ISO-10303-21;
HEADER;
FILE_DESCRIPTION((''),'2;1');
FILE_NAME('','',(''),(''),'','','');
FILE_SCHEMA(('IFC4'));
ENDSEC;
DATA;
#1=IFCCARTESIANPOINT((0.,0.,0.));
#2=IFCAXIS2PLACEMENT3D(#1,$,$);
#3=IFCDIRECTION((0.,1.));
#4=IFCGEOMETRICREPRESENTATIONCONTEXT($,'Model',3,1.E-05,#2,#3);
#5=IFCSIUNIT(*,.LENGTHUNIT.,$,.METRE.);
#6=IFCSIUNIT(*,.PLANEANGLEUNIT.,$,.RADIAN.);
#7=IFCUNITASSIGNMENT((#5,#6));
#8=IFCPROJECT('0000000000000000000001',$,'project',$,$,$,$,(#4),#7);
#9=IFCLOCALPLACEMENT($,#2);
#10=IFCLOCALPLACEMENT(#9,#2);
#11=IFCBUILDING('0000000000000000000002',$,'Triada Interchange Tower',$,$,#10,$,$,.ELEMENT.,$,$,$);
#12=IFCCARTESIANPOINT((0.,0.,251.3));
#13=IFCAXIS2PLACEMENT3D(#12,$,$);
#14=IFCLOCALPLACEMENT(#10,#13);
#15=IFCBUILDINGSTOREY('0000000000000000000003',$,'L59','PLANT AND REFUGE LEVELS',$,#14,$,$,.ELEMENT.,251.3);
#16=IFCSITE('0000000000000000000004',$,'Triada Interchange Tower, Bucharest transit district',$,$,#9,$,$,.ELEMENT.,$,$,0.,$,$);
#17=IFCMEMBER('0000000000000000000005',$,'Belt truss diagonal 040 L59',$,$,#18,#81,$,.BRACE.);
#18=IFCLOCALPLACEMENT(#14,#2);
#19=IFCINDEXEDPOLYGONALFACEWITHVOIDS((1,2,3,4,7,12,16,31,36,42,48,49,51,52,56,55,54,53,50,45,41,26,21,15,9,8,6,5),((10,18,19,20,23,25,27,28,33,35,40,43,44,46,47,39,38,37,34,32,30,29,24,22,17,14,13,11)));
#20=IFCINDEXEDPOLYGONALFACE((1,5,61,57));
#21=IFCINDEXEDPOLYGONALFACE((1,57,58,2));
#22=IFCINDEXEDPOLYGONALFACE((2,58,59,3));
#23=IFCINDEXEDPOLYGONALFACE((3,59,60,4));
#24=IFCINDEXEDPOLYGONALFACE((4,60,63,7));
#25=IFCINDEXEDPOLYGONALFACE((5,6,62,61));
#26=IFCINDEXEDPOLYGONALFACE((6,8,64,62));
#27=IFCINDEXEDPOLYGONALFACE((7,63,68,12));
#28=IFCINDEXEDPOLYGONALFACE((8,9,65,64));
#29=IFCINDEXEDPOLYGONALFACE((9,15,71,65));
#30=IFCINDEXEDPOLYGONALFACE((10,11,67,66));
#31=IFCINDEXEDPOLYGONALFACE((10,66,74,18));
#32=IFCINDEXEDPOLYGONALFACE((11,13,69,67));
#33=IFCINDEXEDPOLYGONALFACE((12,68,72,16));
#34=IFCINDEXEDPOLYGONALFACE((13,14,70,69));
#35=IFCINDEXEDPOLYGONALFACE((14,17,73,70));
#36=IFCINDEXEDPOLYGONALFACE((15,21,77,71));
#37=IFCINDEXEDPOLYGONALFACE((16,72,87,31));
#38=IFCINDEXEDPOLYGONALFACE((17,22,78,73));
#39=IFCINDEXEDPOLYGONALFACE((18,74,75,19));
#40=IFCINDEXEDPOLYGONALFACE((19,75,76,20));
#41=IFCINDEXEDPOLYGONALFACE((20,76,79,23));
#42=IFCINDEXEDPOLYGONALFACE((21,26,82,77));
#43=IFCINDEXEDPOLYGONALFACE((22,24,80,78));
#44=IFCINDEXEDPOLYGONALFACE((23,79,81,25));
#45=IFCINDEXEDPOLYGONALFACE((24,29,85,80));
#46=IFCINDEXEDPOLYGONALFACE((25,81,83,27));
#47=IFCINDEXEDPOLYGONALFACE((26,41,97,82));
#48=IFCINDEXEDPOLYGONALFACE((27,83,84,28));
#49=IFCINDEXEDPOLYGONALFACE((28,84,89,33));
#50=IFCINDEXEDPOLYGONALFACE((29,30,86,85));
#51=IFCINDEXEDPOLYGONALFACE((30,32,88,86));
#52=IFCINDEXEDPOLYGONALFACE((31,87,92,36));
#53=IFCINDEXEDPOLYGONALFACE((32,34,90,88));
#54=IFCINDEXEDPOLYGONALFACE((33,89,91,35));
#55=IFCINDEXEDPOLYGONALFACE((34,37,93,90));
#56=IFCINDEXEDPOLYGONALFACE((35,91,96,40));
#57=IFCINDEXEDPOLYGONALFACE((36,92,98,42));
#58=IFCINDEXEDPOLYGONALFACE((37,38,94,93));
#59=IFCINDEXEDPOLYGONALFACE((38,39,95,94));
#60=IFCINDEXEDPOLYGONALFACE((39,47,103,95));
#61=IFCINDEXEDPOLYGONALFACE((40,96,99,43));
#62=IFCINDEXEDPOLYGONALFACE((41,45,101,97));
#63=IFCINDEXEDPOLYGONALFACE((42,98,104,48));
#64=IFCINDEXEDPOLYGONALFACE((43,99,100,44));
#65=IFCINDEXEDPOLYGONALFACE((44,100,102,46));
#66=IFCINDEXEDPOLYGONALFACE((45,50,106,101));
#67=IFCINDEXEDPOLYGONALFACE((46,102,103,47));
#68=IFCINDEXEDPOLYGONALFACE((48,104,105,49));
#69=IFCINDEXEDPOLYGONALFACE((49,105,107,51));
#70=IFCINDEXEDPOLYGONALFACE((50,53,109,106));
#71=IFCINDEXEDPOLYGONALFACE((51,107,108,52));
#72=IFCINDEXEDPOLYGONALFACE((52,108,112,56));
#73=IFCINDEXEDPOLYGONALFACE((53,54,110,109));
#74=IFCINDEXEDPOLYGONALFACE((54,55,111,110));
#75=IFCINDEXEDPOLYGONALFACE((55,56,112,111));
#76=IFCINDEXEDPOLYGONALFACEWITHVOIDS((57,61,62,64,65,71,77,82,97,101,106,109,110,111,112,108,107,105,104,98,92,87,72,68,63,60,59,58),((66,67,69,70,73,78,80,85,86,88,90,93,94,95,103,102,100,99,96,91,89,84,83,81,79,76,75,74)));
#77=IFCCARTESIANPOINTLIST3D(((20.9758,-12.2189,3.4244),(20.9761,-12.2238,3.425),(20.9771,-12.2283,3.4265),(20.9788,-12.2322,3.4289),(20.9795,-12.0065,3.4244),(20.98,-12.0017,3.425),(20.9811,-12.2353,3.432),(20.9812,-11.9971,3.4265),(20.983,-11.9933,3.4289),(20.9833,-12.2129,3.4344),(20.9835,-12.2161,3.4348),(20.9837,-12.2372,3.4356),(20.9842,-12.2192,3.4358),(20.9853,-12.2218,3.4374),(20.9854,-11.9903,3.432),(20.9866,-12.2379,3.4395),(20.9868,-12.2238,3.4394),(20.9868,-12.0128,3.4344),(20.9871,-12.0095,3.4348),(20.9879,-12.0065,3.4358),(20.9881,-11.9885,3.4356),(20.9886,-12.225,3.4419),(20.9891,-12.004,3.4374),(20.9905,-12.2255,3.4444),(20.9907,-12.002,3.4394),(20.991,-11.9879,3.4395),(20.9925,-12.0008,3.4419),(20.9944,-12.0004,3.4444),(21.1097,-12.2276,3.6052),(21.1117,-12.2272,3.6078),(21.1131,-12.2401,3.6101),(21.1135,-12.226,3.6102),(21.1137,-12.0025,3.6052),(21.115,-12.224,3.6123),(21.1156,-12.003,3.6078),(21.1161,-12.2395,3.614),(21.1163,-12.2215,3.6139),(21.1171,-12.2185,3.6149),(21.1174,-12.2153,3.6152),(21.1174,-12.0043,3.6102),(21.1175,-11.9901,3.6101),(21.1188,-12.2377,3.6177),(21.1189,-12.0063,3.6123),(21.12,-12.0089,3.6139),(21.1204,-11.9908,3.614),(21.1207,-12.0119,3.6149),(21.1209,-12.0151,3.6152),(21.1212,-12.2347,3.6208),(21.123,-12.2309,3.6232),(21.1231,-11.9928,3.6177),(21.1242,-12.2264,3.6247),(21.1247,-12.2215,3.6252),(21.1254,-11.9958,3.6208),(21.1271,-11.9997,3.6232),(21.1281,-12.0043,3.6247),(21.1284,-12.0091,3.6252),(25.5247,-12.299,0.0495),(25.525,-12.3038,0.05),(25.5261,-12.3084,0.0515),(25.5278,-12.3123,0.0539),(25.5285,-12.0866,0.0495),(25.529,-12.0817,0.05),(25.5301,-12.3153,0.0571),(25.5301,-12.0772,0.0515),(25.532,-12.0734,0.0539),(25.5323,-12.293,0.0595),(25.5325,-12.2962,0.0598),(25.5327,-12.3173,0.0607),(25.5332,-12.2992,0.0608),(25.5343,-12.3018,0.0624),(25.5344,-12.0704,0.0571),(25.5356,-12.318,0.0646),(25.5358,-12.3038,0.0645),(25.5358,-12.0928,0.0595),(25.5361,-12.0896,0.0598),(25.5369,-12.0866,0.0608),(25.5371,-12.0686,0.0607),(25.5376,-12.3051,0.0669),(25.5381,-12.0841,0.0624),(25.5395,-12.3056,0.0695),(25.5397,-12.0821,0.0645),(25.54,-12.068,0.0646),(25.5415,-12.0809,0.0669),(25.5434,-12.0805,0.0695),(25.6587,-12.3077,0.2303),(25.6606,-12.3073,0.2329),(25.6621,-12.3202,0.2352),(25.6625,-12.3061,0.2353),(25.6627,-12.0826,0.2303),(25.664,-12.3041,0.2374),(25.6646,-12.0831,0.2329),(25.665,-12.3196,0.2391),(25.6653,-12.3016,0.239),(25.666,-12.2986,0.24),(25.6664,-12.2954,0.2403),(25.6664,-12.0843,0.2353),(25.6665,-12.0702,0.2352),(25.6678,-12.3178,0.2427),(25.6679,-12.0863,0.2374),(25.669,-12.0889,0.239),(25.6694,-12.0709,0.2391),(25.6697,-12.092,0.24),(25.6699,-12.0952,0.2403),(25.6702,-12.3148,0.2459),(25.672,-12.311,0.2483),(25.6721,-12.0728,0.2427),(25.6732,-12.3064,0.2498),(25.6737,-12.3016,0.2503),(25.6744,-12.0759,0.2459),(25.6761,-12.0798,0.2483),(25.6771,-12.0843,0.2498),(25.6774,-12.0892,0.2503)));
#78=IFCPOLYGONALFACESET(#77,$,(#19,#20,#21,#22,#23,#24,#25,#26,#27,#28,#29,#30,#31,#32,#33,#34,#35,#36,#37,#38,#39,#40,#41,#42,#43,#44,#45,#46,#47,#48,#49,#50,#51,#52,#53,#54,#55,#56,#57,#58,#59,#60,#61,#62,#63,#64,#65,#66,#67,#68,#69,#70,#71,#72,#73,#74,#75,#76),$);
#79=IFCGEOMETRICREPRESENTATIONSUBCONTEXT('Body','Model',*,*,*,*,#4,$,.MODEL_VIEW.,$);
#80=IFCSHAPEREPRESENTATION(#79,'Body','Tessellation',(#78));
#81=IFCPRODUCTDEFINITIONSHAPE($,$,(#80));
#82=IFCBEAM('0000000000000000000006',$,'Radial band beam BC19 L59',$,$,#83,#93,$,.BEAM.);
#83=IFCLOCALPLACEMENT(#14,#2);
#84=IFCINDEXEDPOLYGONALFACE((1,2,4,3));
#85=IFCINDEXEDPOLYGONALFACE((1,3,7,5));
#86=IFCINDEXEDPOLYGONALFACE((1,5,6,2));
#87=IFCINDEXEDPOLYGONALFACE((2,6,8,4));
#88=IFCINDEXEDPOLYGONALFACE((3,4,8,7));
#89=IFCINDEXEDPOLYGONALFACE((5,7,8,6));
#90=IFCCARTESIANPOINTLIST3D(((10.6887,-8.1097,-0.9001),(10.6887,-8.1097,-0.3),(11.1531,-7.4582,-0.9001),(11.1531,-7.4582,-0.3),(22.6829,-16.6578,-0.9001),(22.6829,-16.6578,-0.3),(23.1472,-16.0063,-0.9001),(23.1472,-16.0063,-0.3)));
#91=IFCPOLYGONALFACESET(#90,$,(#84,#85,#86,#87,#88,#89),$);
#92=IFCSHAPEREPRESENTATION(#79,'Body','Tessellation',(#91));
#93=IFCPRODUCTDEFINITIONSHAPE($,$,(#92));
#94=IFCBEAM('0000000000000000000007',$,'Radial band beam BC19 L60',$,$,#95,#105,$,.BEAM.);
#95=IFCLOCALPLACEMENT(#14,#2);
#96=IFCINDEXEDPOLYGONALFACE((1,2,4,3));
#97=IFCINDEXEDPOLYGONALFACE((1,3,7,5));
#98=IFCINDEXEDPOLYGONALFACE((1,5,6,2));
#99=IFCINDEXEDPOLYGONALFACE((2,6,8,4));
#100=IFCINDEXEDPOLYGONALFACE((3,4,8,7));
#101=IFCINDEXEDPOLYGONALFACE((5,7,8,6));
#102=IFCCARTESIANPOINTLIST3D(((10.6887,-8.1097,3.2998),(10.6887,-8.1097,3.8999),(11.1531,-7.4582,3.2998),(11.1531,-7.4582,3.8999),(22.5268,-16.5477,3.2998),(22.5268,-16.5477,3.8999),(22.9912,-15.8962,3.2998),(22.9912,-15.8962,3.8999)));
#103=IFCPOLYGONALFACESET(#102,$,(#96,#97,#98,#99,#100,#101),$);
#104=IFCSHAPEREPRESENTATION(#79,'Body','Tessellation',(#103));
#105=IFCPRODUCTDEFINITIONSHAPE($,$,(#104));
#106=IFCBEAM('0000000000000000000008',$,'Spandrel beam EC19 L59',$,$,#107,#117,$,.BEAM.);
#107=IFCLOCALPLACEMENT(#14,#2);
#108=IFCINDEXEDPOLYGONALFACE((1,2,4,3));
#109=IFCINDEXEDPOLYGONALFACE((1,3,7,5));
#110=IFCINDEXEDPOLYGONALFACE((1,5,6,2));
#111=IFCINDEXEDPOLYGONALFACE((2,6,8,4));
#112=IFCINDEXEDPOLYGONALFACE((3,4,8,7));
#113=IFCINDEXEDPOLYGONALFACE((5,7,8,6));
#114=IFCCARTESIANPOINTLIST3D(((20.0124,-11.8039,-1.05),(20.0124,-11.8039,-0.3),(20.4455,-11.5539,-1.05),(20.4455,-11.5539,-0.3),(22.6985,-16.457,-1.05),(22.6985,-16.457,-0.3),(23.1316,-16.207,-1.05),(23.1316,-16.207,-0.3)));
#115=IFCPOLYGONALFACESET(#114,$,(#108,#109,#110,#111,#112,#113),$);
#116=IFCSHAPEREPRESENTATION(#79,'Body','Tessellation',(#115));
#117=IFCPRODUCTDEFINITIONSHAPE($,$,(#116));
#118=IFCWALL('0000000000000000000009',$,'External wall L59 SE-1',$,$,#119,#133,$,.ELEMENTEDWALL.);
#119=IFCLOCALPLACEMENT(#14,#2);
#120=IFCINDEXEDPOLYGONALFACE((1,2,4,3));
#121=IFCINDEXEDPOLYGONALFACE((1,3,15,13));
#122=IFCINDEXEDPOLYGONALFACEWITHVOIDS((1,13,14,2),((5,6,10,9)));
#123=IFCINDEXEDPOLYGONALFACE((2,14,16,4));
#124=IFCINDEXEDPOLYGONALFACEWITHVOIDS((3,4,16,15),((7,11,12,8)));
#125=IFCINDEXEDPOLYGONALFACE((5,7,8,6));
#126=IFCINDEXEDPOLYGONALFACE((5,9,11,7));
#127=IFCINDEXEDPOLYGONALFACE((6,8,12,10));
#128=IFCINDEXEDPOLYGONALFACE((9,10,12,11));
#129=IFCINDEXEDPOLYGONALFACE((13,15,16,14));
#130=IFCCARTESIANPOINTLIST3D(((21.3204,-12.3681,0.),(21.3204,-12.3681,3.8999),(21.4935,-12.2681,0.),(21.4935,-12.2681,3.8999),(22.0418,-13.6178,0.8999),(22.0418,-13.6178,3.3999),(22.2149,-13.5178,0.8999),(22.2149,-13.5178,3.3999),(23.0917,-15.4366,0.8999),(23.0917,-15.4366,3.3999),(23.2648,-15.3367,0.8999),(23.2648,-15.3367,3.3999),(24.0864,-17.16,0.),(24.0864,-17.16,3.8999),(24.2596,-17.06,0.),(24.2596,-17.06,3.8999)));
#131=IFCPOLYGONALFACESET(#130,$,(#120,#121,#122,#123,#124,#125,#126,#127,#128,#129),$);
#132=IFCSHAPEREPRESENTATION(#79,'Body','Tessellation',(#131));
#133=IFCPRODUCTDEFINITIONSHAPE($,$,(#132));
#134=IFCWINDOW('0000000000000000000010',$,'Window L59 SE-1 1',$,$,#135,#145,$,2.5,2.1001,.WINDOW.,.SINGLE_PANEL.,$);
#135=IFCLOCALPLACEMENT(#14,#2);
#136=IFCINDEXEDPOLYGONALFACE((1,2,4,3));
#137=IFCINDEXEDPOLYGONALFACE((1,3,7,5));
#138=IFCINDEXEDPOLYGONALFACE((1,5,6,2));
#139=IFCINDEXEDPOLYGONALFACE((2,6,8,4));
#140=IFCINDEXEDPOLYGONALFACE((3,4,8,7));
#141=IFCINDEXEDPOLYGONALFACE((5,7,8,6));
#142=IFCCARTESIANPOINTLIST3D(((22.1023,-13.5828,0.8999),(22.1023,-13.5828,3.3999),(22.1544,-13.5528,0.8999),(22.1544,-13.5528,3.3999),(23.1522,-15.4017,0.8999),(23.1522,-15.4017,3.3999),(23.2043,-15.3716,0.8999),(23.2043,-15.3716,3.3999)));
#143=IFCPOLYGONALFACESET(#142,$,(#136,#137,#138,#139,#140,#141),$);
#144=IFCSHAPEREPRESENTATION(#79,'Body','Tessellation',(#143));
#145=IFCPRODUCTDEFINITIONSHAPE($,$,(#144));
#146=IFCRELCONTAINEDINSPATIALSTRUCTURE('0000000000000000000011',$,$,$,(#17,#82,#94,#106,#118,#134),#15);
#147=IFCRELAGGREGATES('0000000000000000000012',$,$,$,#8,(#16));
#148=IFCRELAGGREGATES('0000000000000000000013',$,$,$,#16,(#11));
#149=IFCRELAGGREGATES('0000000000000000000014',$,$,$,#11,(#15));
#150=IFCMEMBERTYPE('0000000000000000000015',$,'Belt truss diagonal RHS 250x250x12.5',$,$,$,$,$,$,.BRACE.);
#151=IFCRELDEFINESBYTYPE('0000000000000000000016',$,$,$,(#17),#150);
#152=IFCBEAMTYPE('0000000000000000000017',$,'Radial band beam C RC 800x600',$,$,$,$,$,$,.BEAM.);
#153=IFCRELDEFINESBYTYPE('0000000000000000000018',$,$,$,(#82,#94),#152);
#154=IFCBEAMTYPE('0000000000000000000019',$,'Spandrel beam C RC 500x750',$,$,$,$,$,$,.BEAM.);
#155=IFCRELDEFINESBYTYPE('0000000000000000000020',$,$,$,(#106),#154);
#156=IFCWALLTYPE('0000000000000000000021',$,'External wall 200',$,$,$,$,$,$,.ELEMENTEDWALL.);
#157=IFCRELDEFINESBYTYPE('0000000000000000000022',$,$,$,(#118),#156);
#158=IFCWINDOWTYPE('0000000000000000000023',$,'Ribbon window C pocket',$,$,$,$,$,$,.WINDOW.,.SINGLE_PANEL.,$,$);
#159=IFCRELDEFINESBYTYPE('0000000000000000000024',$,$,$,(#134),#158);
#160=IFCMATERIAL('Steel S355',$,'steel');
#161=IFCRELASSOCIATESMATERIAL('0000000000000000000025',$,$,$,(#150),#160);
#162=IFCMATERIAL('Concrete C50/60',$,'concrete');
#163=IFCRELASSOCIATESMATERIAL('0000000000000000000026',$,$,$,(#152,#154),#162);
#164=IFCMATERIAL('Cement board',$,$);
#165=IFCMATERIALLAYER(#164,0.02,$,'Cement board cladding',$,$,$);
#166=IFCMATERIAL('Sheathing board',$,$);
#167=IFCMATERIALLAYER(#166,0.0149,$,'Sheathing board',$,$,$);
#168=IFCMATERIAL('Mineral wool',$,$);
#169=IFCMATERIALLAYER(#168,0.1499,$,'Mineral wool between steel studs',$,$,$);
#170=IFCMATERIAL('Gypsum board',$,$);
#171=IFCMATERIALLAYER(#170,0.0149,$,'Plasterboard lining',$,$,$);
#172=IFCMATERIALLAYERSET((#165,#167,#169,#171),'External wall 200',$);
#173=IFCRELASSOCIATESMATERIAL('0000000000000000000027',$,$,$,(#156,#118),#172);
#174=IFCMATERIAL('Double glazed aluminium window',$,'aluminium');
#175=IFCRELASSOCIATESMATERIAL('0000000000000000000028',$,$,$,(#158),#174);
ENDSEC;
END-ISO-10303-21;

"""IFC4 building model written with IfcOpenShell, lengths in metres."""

from ifc_helpers import new_model, si_unit, direction, frame, frame_2d, origin, origin_2d, place, context, subcontext, project, spatial, rectangle, hollow_rectangle, extrude, material, layer, layer_set, layer_usage, material_profile, profile_set, type_object, element, fill, save


model = new_model("IFC4")

# Units and contexts
model_context = context("Model", 3, precision=1e-05, world=origin(), true_north=direction((0.0, 1.0)))
body_context = subcontext(model_context, "Body", "Model", "MODEL_VIEW")
ifc_project = project(units=[si_unit("LENGTHUNIT", "METRE"), si_unit("PLANEANGLEUNIT", "RADIAN")], contexts=[model_context])

# Site, building, storey
site_placement = place(None, origin())
site = spatial("IfcSite", under=ifc_project, at=site_placement, Name="Triada Interchange Tower, Bucharest transit district", CompositionType="ELEMENT", RefElevation=0.0)
building_placement = place(site_placement, origin())
building = spatial("IfcBuilding", under=site, at=building_placement, Name="Triada Interchange Tower", CompositionType="ELEMENT")
storey_placement = place(building_placement, frame((0.0, 0.0, 251.3)))
storey = spatial("IfcBuildingStorey", under=building, at=storey_placement, Name="L59", Description="PLANT AND REFUGE LEVELS", CompositionType="ELEMENT", Elevation=251.3)

# Shared definitions
ifc_material_1 = material(Name="Concrete C50/60", Category="concrete")

# Member
ifc_material_2 = material(Name="Steel S355", Category="steel")
ifc_material_profile_1 = material_profile(ifc_material_2, hollow_rectangle(XDim=0.25, YDim=0.25, WallThickness=0.0125, InnerFilletRadius=0.0125, OuterFilletRadius=0.0188, at=origin_2d()), Name="RHS 250x250x12.5")
ifc_profile_set_1 = profile_set([ifc_material_profile_1], Name="Steel S355")
member_type = type_object("IfcMemberType", Name="Belt truss diagonal RHS 250x250x12.5", PredefinedType="BRACE", material=ifc_profile_set_1)
member_1_placement = place(storey_placement, frame((25.6011, -12.1941, 0.1499), z_axis=(-0.803028, 0.014136, 0.595774), x_axis=(-0.0176, -0.999845, 0.0)))
element("IfcMember", 1, at=member_1_placement, inside=storey, type_object=member_type, Name="Belt truss diagonal 040 L59", PredefinedType="BRACE", context=body_context, shape_type="SweptSolid", body=[
    extrude(hollow_rectangle(XDim=0.25, YDim=0.25, WallThickness=0.0125, InnerFilletRadius=0.0125, OuterFilletRadius=0.0188, at=origin_2d()), origin(), (0.0, 0.0, 1.0), 5.6648),
])

# Beams
ifc_material_profile_2 = material_profile(ifc_material_1, rectangle(XDim=0.8, YDim=0.6001, at=origin_2d()), Name="RC 800x600")
ifc_profile_set_2 = profile_set([ifc_material_profile_2], Name="Concrete C50/60")
beam_type_1 = type_object("IfcBeamType", Name="Radial band beam C RC 800x600", PredefinedType="BEAM", material=ifc_profile_set_2)
beam_1_placement = place(storey_placement, frame((22.915, -16.332, -0.6001), z_axis=(-0.814348, 0.580377, 0.0), x_axis=(-0.580377, -0.814348, 0.0)))
element("IfcBeam", 2, at=beam_1_placement, inside=storey, type_object=beam_type_1, Name="Radial band beam BC19 L59", PredefinedType="BEAM", context=body_context, shape_type="SweptSolid", body=[
    extrude(rectangle(XDim=0.8, YDim=0.6001, at=origin_2d()), origin(), (0.0, 0.0, 1.0), 14.7285),
])
beam_2_placement = place(storey_placement, frame((22.759, -16.2219, 3.5999), z_axis=(-0.814313, 0.580426, 0.0), x_axis=(-0.580426, -0.814313, 0.0)))
element("IfcBeam", 3, at=beam_2_placement, inside=storey, type_object=beam_type_1, Name="Radial band beam BC19 L60", PredefinedType="BEAM", context=body_context, shape_type="SweptSolid", body=[
    extrude(rectangle(XDim=0.8, YDim=0.6001, at=origin_2d()), origin(), (0.0, 0.0, 1.0), 14.5376),
])
ifc_material_profile_3 = material_profile(ifc_material_1, rectangle(XDim=0.5, YDim=0.75, at=origin_2d()), Name="RC 500x750")
ifc_profile_set_3 = profile_set([ifc_material_profile_3], Name="Concrete C50/60")
beam_type_2 = type_object("IfcBeamType", Name="Spandrel beam C RC 500x750", PredefinedType="BEAM", material=ifc_profile_set_3)
beam_3_placement = place(storey_placement, frame((22.915, -16.332, -0.675), z_axis=(-0.499941, 0.866059, 0.0), x_axis=(-0.866059, -0.499941, 0.0)))
element("IfcBeam", 4, at=beam_3_placement, inside=storey, type_object=beam_type_2, Name="Spandrel beam EC19 L59", PredefinedType="BEAM", context=body_context, shape_type="SweptSolid", body=[
    extrude(rectangle(XDim=0.5, YDim=0.75, at=origin_2d()), origin(), (0.0, 0.0, 1.0), 5.3728),
])

# Wall, opening, window
ifc_material_3 = material(Name="Cement board")
ifc_layer_1 = layer(ifc_material_3, 0.02, Name="Cement board cladding")
ifc_material_4 = material(Name="Sheathing board")
ifc_layer_2 = layer(ifc_material_4, 0.0149, Name="Sheathing board")
ifc_material_5 = material(Name="Mineral wool")
ifc_layer_3 = layer(ifc_material_5, 0.1499, Name="Mineral wool between steel studs")
ifc_material_6 = material(Name="Gypsum board")
ifc_layer_4 = layer(ifc_material_6, 0.0149, Name="Plasterboard lining")
ifc_layer_set_1 = layer_set([ifc_layer_1, ifc_layer_2, ifc_layer_3, ifc_layer_4], Name="External wall 200")
ifc_layer_usage = layer_usage(ifc_layer_set_1, "AXIS2", "POSITIVE", -0.1001)
wall_type = type_object("IfcWallType", Name="External wall 200", PredefinedType="ELEMENTEDWALL", material=ifc_layer_set_1)
wall_1_placement = place(storey_placement, frame((24.1731, -17.1101, 0.0), z_axis=(0.0, 0.0, 1.0), x_axis=(-0.499926, 0.866068, 0.0)))
wall_1 = element("IfcWall", 5, at=wall_1_placement, inside=storey, type_object=wall_type, material=ifc_layer_usage, Name="External wall L59 SE-1", PredefinedType="ELEMENTEDWALL", context=body_context, shape_type="SweptSolid", body=[
    extrude(rectangle(XDim=5.533, YDim=0.2, at=frame_2d((2.7666, 0.0))), origin(), (0.0, 0.0, 1.0), 3.8999),
])
opening_1_placement = place(wall_1_placement, frame((1.99, 0.0, 0.8999)))
opening_1 = element("IfcOpeningElement", 6, at=opening_1_placement, cuts=wall_1, PredefinedType="OPENING", context=body_context, shape_type="SweptSolid", body=[
    extrude(rectangle(XDim=2.1001, YDim=2.5, at=frame_2d((1.05, 1.25))), frame((0.0, 0.1099, 0.0), z_axis=(0.0, -1.0, 0.0), x_axis=(1.0, 0.0, 0.0)), (0.0, 0.0, 1.0), 0.22),
])
ifc_material_7 = material(Name="Double glazed aluminium window", Category="aluminium")
window_type_1 = type_object("IfcWindowType", Name="Ribbon window C pocket", PartitioningType="SINGLE_PANEL", PredefinedType="WINDOW", material=ifc_material_7)
window_1_placement = place(opening_1_placement, origin())
window_1 = element("IfcWindow", 7, at=window_1_placement, inside=storey, type_object=window_type_1, Name="Window L59 SE-1 1", OverallHeight=2.5, OverallWidth=2.1001, PartitioningType="SINGLE_PANEL", PredefinedType="WINDOW", context=body_context, shape_type="SweptSolid", body=[
    extrude(rectangle(XDim=2.1001, YDim=2.5, at=frame_2d((1.05, 1.25))), frame((0.0, 0.03, 0.0), z_axis=(0.0, -1.0, 0.0), x_axis=(1.0, 0.0, 0.0)), (0.0, 0.0, 1.0), 0.0601),
])
fill(opening_1, window_1)

save(model, "model.ifc")
